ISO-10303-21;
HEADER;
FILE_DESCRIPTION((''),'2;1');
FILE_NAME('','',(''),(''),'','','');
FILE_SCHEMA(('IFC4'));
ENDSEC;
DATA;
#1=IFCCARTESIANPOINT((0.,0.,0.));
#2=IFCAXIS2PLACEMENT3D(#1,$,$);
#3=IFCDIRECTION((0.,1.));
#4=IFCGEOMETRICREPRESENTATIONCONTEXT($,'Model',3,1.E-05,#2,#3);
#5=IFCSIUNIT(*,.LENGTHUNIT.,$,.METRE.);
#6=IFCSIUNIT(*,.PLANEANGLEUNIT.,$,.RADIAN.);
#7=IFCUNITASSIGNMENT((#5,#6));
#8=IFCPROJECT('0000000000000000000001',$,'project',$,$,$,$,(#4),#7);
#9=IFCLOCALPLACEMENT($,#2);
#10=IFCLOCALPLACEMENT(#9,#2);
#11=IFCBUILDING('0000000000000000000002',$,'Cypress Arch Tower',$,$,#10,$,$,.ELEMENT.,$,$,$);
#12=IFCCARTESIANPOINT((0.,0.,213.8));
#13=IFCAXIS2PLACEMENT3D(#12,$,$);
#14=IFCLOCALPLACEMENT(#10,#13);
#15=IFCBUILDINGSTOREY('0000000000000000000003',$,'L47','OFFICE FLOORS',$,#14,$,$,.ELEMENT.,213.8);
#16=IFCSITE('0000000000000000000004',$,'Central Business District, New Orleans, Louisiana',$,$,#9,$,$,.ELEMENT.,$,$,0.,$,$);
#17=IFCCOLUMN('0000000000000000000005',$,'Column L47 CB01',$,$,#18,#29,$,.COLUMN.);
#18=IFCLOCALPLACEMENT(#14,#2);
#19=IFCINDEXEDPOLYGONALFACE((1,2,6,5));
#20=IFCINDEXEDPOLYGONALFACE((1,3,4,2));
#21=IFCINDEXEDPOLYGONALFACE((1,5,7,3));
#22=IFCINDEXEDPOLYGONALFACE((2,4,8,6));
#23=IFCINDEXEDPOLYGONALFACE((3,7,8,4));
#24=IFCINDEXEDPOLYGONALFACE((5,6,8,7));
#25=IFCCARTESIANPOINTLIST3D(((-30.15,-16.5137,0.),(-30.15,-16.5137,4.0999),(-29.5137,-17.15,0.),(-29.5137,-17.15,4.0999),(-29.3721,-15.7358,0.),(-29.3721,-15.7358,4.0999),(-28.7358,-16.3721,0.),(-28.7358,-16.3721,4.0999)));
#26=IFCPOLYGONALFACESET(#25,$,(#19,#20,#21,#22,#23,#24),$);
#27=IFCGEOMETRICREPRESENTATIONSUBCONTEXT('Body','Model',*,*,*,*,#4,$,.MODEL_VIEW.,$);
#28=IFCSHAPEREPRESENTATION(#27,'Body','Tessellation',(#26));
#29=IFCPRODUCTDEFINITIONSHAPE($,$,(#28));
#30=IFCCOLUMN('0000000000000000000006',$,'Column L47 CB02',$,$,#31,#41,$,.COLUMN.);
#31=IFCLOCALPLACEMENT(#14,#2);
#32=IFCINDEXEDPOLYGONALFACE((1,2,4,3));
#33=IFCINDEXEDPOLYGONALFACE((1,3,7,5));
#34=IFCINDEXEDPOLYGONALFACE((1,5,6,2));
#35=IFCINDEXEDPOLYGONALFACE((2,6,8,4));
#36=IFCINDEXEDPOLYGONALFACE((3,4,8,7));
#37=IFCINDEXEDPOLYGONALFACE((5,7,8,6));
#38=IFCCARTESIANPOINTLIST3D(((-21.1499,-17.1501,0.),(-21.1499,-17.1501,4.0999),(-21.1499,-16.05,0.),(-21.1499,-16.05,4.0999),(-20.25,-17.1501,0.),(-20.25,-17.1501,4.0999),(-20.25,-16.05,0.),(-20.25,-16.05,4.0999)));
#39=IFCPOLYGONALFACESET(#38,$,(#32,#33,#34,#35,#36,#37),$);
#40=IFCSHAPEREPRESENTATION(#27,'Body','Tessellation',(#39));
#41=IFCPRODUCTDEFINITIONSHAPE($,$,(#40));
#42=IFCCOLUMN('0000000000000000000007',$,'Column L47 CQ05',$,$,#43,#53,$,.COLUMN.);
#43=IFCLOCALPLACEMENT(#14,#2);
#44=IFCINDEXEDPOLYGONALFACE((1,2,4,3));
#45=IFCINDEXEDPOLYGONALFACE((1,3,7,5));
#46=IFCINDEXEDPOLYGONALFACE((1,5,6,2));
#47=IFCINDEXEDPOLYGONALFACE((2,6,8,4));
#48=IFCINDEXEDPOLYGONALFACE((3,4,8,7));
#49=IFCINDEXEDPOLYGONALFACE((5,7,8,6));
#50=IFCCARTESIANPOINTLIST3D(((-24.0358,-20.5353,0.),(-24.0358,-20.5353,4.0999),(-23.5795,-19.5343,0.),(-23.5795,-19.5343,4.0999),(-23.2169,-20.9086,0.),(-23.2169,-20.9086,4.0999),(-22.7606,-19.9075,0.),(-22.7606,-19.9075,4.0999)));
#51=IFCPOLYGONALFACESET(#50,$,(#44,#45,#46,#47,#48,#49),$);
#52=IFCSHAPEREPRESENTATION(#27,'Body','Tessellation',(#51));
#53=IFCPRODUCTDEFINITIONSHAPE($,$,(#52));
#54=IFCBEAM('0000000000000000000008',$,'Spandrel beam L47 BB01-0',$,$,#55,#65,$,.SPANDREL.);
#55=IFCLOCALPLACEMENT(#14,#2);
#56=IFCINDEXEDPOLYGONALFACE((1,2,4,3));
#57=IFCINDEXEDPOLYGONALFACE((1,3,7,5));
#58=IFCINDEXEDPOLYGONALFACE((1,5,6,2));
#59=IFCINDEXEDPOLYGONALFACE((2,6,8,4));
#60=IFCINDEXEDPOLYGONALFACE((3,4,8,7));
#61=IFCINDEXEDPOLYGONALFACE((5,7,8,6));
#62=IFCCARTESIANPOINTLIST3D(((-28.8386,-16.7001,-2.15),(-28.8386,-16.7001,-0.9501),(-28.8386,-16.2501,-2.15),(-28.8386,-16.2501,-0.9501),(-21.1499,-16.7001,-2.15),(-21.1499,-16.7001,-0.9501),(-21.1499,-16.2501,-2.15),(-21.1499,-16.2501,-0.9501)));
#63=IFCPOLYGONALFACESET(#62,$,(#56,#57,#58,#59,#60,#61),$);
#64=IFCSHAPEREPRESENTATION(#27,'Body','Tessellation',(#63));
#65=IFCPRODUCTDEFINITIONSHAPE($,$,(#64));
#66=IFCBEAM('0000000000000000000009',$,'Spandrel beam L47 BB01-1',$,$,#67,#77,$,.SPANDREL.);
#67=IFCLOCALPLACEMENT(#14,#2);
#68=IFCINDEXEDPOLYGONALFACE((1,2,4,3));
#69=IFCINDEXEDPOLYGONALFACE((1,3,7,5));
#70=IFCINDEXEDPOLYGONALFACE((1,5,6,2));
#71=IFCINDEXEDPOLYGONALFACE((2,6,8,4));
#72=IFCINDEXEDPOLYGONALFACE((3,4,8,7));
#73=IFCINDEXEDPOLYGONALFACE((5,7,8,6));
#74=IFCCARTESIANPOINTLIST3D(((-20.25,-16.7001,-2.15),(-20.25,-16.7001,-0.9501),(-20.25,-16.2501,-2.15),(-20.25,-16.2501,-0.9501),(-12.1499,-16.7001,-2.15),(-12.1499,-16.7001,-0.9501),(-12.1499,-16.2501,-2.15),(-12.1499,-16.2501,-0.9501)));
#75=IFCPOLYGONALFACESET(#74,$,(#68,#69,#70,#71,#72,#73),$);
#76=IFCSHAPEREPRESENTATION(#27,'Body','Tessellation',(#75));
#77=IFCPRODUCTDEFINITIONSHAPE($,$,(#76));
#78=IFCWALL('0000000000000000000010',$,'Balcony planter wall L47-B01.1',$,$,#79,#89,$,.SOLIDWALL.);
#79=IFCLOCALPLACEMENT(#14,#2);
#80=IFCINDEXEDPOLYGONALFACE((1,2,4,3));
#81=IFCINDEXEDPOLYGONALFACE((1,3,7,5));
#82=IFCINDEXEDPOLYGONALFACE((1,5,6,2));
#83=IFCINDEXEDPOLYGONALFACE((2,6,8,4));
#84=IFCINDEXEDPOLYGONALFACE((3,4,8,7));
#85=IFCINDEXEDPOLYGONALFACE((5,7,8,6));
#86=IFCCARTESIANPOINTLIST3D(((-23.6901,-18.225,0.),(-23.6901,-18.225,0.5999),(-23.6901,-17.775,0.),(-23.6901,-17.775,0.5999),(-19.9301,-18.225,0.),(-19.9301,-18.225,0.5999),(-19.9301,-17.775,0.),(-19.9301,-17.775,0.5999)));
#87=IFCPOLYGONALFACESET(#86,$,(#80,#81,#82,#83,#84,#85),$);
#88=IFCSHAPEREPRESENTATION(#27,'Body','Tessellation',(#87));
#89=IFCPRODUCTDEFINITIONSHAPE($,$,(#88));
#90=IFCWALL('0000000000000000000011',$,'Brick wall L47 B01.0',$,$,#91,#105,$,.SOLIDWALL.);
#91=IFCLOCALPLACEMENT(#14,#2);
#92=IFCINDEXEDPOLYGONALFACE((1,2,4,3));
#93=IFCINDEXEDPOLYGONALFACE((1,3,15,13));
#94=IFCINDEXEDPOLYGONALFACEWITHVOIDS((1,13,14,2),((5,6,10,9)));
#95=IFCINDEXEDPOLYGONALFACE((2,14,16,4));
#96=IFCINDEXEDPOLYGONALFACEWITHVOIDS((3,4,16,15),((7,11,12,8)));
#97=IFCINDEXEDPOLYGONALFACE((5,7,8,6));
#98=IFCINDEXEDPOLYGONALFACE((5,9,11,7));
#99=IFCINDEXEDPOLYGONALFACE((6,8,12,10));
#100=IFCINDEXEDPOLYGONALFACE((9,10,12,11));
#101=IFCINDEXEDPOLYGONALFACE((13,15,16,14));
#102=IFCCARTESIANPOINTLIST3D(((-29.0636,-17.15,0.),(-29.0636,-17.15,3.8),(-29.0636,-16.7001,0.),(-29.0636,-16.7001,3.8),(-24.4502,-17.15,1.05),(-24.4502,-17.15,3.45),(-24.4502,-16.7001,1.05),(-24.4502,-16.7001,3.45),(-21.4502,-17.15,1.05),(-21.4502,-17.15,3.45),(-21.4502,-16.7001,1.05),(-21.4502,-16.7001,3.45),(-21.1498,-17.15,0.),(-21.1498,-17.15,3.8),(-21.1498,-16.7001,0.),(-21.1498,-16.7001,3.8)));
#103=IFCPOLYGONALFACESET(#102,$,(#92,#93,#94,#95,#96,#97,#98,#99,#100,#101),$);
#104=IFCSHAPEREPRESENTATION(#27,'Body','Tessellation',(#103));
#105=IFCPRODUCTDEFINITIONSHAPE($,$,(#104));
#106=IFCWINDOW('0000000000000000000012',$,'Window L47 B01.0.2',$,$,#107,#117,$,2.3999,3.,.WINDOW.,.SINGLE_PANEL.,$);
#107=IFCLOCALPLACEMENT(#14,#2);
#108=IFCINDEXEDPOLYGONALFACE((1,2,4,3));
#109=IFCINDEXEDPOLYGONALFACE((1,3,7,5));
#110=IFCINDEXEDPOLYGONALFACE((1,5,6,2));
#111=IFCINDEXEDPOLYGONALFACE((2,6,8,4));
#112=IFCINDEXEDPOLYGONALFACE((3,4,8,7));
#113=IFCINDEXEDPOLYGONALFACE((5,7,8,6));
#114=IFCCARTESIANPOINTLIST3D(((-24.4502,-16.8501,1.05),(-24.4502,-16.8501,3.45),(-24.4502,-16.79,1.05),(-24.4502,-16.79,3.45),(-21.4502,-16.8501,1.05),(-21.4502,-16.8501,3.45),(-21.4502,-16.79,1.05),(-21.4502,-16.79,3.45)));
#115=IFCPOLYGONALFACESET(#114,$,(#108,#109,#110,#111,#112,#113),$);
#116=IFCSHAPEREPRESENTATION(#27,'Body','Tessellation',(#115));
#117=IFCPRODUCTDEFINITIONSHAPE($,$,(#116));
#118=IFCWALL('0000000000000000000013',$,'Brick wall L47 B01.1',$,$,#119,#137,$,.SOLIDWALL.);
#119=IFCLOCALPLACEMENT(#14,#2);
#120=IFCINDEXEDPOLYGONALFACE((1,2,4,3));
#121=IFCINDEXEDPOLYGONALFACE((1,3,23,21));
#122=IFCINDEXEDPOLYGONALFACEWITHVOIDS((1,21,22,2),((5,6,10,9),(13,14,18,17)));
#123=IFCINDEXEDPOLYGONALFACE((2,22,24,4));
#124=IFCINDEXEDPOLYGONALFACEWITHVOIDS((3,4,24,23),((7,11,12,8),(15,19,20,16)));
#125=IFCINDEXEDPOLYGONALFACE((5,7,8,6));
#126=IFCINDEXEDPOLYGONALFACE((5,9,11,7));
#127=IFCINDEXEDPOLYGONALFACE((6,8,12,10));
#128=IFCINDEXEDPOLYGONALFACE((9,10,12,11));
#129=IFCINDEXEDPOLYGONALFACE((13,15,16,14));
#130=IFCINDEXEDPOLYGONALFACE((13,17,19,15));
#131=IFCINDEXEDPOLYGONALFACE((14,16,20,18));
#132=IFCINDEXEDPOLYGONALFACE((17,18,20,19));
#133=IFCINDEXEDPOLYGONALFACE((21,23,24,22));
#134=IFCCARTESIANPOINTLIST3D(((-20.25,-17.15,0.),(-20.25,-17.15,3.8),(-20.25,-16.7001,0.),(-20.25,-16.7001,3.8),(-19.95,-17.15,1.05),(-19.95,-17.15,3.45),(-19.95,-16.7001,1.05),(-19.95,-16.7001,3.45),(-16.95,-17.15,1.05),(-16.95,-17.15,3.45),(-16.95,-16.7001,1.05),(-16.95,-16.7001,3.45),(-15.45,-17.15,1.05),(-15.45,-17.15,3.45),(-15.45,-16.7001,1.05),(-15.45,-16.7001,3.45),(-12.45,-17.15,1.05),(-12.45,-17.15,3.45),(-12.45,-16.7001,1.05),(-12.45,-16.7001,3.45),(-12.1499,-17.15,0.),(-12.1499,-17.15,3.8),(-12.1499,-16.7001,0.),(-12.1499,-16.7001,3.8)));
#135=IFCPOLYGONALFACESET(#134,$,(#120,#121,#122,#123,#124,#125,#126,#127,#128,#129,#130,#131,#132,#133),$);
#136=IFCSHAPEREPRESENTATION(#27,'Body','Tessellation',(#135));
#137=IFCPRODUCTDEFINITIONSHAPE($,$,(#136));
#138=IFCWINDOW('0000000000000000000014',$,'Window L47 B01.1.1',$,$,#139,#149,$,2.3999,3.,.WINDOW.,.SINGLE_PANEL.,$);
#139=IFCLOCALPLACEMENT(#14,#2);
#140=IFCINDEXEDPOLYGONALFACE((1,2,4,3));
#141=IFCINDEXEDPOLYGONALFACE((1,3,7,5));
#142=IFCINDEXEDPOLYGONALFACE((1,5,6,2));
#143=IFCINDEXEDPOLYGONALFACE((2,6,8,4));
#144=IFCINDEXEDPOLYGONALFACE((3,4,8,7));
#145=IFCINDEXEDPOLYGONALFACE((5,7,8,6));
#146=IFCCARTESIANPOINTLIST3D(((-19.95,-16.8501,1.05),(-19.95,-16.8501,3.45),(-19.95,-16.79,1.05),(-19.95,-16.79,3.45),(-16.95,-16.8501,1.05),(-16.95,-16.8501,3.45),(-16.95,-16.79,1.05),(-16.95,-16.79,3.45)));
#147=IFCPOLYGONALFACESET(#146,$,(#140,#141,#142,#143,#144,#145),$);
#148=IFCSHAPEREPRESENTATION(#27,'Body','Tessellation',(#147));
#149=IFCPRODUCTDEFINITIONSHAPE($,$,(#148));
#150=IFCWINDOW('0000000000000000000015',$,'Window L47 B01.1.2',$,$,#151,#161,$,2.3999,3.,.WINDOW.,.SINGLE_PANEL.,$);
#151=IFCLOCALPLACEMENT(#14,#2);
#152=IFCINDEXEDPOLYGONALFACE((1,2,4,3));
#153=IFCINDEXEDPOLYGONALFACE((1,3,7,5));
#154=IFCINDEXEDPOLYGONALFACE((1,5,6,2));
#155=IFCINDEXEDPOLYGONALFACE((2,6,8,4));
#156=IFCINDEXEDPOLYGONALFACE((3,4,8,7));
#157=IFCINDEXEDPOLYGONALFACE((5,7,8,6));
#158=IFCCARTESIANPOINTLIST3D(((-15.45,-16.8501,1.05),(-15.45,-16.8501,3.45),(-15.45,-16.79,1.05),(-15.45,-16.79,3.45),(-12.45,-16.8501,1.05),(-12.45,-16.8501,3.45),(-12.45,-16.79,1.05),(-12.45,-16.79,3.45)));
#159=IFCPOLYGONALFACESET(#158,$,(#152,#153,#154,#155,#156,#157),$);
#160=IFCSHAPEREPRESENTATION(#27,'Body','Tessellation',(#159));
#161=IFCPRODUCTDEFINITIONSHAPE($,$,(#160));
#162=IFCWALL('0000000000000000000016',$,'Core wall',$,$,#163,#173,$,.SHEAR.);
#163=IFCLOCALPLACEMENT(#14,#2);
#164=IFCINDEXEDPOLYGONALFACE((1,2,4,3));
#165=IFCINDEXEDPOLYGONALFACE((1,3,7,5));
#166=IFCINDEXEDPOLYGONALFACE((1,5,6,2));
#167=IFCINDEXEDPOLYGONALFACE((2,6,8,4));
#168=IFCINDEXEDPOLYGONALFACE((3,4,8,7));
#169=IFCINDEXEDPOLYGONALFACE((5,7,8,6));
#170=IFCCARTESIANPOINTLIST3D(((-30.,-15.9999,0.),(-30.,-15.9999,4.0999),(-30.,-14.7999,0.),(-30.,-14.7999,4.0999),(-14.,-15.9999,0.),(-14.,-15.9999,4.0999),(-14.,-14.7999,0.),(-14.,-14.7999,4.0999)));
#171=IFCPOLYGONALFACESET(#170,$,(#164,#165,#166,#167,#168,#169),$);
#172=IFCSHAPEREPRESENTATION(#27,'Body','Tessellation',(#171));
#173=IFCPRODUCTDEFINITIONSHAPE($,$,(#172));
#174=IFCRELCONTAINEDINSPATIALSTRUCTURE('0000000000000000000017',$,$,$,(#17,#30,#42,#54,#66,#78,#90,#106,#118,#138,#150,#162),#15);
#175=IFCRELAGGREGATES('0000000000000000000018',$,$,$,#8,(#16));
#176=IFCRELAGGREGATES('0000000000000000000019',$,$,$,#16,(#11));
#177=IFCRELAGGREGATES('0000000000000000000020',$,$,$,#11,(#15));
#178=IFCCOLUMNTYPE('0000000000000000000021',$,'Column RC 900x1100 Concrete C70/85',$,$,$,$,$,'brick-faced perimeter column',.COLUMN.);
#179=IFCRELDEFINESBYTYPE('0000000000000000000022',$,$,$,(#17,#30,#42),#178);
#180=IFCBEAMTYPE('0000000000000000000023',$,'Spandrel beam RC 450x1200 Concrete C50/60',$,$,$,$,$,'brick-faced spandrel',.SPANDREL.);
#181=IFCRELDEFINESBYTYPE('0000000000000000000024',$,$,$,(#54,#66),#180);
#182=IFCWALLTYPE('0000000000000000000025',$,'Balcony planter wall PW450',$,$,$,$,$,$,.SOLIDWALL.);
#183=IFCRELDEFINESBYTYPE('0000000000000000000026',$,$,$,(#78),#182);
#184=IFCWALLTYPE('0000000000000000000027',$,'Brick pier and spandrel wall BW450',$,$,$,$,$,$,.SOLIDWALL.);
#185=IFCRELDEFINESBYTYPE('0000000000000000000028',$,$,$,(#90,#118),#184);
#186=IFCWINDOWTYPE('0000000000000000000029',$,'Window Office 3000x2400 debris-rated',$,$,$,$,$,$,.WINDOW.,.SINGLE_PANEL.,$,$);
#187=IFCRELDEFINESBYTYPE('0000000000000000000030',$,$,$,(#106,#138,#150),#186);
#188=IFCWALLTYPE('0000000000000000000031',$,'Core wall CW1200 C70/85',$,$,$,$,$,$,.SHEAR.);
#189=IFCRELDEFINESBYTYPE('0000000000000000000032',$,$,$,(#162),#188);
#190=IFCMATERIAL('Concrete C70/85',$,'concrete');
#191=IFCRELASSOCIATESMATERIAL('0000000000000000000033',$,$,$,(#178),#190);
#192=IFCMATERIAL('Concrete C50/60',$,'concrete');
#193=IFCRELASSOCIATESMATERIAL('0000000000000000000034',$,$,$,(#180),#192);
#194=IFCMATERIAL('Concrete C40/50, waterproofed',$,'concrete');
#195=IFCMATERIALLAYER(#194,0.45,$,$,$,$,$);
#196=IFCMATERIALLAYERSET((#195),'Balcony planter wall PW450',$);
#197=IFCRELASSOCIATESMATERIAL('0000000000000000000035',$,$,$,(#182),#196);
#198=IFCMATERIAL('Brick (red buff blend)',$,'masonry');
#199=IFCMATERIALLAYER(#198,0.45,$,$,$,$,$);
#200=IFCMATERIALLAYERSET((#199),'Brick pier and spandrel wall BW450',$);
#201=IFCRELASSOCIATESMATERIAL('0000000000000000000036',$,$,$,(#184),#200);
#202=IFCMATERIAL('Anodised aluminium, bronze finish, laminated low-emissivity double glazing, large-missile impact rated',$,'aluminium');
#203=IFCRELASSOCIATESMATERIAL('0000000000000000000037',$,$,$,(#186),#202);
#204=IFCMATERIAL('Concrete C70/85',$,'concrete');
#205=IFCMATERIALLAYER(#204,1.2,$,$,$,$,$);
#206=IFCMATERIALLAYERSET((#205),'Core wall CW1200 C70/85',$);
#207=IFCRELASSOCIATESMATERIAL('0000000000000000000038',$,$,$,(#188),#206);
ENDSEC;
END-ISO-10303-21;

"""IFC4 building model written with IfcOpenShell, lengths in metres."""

from ifc_helpers import new_model, si_unit, direction, frame, frame_2d, origin, origin_2d, place, context, subcontext, project, spatial, rectangle, extrude, material, layer, layer_set, material_profile, profile_set, type_object, element, fill, save


model = new_model("IFC4")

# Units and contexts
model_context = context("Model", 3, precision=1e-05, world=origin(), true_north=direction((0.0, 1.0)))
body_context = subcontext(model_context, "Body", "Model", "MODEL_VIEW")
ifc_project = project(units=[si_unit("LENGTHUNIT", "METRE"), si_unit("PLANEANGLEUNIT", "RADIAN")], contexts=[model_context])

# Site, building, storey
site_placement = place(None, origin())
site = spatial("IfcSite", under=ifc_project, at=site_placement, Name="Central Business District, New Orleans, Louisiana", CompositionType="ELEMENT", RefElevation=0.0)
building_placement = place(site_placement, origin())
building = spatial("IfcBuilding", under=site, at=building_placement, Name="Cypress Arch Tower", CompositionType="ELEMENT")
storey_placement = place(building_placement, frame((0.0, 0.0, 213.8)))
storey = spatial("IfcBuildingStorey", under=building, at=storey_placement, Name="L47", Description="OFFICE FLOORS", CompositionType="ELEMENT", Elevation=213.8)

# Columns
ifc_material_1 = material(Name="Concrete C70/85", Category="concrete")
ifc_material_profile_1 = material_profile(ifc_material_1, rectangle(XDim=0.8999, YDim=1.1001, at=origin_2d()), Name="RC 900x1100")
ifc_profile_set_1 = profile_set([ifc_material_profile_1], Name="Concrete C70/85")
column_type = type_object("IfcColumnType", Name="Column RC 900x1100 Concrete C70/85", ElementType="brick-faced perimeter column", PredefinedType="COLUMN", material=ifc_profile_set_1)
for number, where, z_axis, x_axis, name in (
    (1, (-29.4429, -16.4429, 0.0), (0.0, 0.0, 1.0), (0.707107, -0.707107, 0.0), "Column L47 CB01"),
    (2, (-20.7, -16.6001, 0.0), (0.0, 0.0, 1.0), (1.0, 0.0, 0.0), "Column L47 CB02"),
    (3, (-23.3982, -20.2214, 0.0), (0.0, 0.0, 1.0), (0.909932, -0.414757, 0.0), "Column L47 CQ05"),
):
    element("IfcColumn", number, at=place(storey_placement, frame(where, z_axis=z_axis, x_axis=x_axis)), inside=storey, type_object=column_type, Name=name, PredefinedType="COLUMN", context=body_context, shape_type="SweptSolid", body=[
        extrude(rectangle(XDim=0.8999, YDim=1.1001, at=origin_2d()), origin(), (0.0, 0.0, 1.0), 4.0999),
    ])

# Beams
ifc_material_2 = material(Name="Concrete C50/60", Category="concrete")
ifc_material_profile_2 = material_profile(ifc_material_2, rectangle(XDim=0.45, YDim=1.2, at=origin_2d()), Name="RC 450x1200")
ifc_profile_set_2 = profile_set([ifc_material_profile_2], Name="Concrete C50/60")
beam_type = type_object("IfcBeamType", Name="Spandrel beam RC 450x1200 Concrete C50/60", ElementType="brick-faced spandrel", PredefinedType="SPANDREL", material=ifc_profile_set_2)
beam_1_placement = place(storey_placement, frame((-28.8386, -16.4751, -1.55), z_axis=(1.0, 0.0, 0.0), x_axis=(0.0, 1.0, 0.0)))
element("IfcBeam", 4, at=beam_1_placement, inside=storey, type_object=beam_type, Name="Spandrel beam L47 BB01-0", PredefinedType="SPANDREL", context=body_context, shape_type="SweptSolid", body=[
    extrude(rectangle(XDim=0.45, YDim=1.2, at=origin_2d()), origin(), (0.0, 0.0, 1.0), 7.6887),
])
beam_2_placement = place(storey_placement, frame((-20.25, -16.4751, -1.55), z_axis=(1.0, 0.0, 0.0), x_axis=(0.0, 1.0, 0.0)))
element("IfcBeam", 5, at=beam_2_placement, inside=storey, type_object=beam_type, Name="Spandrel beam L47 BB01-1", PredefinedType="SPANDREL", context=body_context, shape_type="SweptSolid", body=[
    extrude(rectangle(XDim=0.45, YDim=1.2, at=origin_2d()), origin(), (0.0, 0.0, 1.0), 8.1001),
])

# Wall
ifc_material_3 = material(Name="Concrete C40/50, waterproofed", Category="concrete")
ifc_layer_1 = layer(ifc_material_3, 0.45)
ifc_layer_set_1 = layer_set([ifc_layer_1], Name="Balcony planter wall PW450")
wall_type_1 = type_object("IfcWallType", Name="Balcony planter wall PW450", PredefinedType="SOLIDWALL", material=ifc_layer_set_1)
wall_1_placement = place(storey_placement, frame((-23.6899, -18.0, 0.0), z_axis=(0.0, 0.0, 1.0), x_axis=(1.0, 0.0, 0.0)))
element("IfcWall", 6, at=wall_1_placement, inside=storey, type_object=wall_type_1, Name="Balcony planter wall L47-B01.1", PredefinedType="SOLIDWALL", context=body_context, shape_type="SweptSolid", body=[
    extrude(rectangle(XDim=3.76, YDim=0.45, at=frame_2d((1.8799, 0.0))), origin(), (0.0, 0.0, 1.0), 0.5999),
])

# Wall, opening, window
ifc_material_4 = material(Name="Brick (red buff blend)", Category="masonry")
ifc_layer_2 = layer(ifc_material_4, 0.45)
ifc_layer_set_2 = layer_set([ifc_layer_2], Name="Brick pier and spandrel wall BW450")
wall_type_2 = type_object("IfcWallType", Name="Brick pier and spandrel wall BW450", PredefinedType="SOLIDWALL", material=ifc_layer_set_2)
wall_2_placement = place(storey_placement, frame((-29.0637, -16.925, 0.0), z_axis=(0.0, 0.0, 1.0), x_axis=(1.0, 0.0, 0.0)))
wall_2 = element("IfcWall", 7, at=wall_2_placement, inside=storey, type_object=wall_type_2, Name="Brick wall L47 B01.0", PredefinedType="SOLIDWALL", context=body_context, shape_type="SweptSolid", body=[
    extrude(rectangle(XDim=7.9138, YDim=0.45, at=frame_2d((3.957, 0.0))), origin(), (0.0, 0.0, 1.0), 3.8),
])
opening_1_placement = place(wall_2_placement, frame((4.6135, 0.0, 1.05)))
opening_1 = element("IfcOpeningElement", 8, at=opening_1_placement, cuts=wall_2, PredefinedType="OPENING", context=body_context, shape_type="SweptSolid", body=[
    extrude(rectangle(XDim=3.0, YDim=2.3999, at=frame_2d((1.5, 1.2))), frame((0.0, 0.2349, 0.0), z_axis=(0.0, -1.0, 0.0), x_axis=(1.0, 0.0, 0.0)), (0.0, 0.0, 1.0), 0.47),
])
ifc_material_5 = material(Name="Anodised aluminium, bronze finish, laminated low-emissivity double glazing, large-missile impact rated", Category="aluminium")
window_type = type_object("IfcWindowType", Name="Window Office 3000x2400 debris-rated", PartitioningType="SINGLE_PANEL", PredefinedType="WINDOW", material=ifc_material_5)
window_1_placement = place(opening_1_placement, origin())
window_1 = element("IfcWindow", 9, at=window_1_placement, inside=storey, type_object=window_type, Name="Window L47 B01.0.2", OverallHeight=2.3999, OverallWidth=3.0, PartitioningType="SINGLE_PANEL", PredefinedType="WINDOW", context=body_context, shape_type="SweptSolid", body=[
    extrude(rectangle(XDim=3.0, YDim=2.3999, at=frame_2d((1.5, 1.2))), frame((0.0, 0.135, 0.0), z_axis=(0.0, -1.0, 0.0), x_axis=(1.0, 0.0, 0.0)), (0.0, 0.0, 1.0), 0.0601),
])
fill(opening_1, window_1)

# Wall, openings, windows
wall_3_placement = place(storey_placement, frame((-20.25, -16.925, 0.0), z_axis=(0.0, 0.0, 1.0), x_axis=(1.0, 0.0, 0.0)))
wall_3 = element("IfcWall", 10, at=wall_3_placement, inside=storey, type_object=wall_type_2, Name="Brick wall L47 B01.1", PredefinedType="SOLIDWALL", context=body_context, shape_type="SweptSolid", body=[
    extrude(rectangle(XDim=8.1001, YDim=0.45, at=frame_2d((4.05, 0.0))), origin(), (0.0, 0.0, 1.0), 3.8),
])
opening_2_placement = place(wall_3_placement, frame((0.3, 0.0, 1.05)))
opening_2 = element("IfcOpeningElement", 11, at=opening_2_placement, cuts=wall_3, PredefinedType="OPENING", context=body_context, shape_type="SweptSolid", body=[
    extrude(rectangle(XDim=3.0, YDim=2.3999, at=frame_2d((1.5, 1.2))), frame((0.0, 0.2349, 0.0), z_axis=(0.0, -1.0, 0.0), x_axis=(1.0, 0.0, 0.0)), (0.0, 0.0, 1.0), 0.47),
])
opening_3_placement = place(wall_3_placement, frame((4.8, 0.0, 1.05)))
opening_3 = element("IfcOpeningElement", 12, at=opening_3_placement, cuts=wall_3, PredefinedType="OPENING", context=body_context, shape_type="SweptSolid", body=[
    extrude(rectangle(XDim=3.0, YDim=2.3999, at=frame_2d((1.5, 1.2))), frame((0.0, 0.2349, 0.0), z_axis=(0.0, -1.0, 0.0), x_axis=(1.0, 0.0, 0.0)), (0.0, 0.0, 1.0), 0.47),
])
window_2_placement = place(opening_2_placement, origin())
window_2 = element("IfcWindow", 13, at=window_2_placement, inside=storey, type_object=window_type, Name="Window L47 B01.1.1", OverallHeight=2.3999, OverallWidth=3.0, PartitioningType="SINGLE_PANEL", PredefinedType="WINDOW", context=body_context, shape_type="SweptSolid", body=[
    extrude(rectangle(XDim=3.0, YDim=2.3999, at=frame_2d((1.5, 1.2))), frame((0.0, 0.135, 0.0), z_axis=(0.0, -1.0, 0.0), x_axis=(1.0, 0.0, 0.0)), (0.0, 0.0, 1.0), 0.0601),
])
fill(opening_2, window_2)
window_3_placement = place(opening_3_placement, origin())
window_3 = element("IfcWindow", 14, at=window_3_placement, inside=storey, type_object=window_type, Name="Window L47 B01.1.2", OverallHeight=2.3999, OverallWidth=3.0, PartitioningType="SINGLE_PANEL", PredefinedType="WINDOW", context=body_context, shape_type="SweptSolid", body=[
    extrude(rectangle(XDim=3.0, YDim=2.3999, at=frame_2d((1.5, 1.2))), frame((0.0, 0.135, 0.0), z_axis=(0.0, -1.0, 0.0), x_axis=(1.0, 0.0, 0.0)), (0.0, 0.0, 1.0), 0.0601),
])
fill(opening_3, window_3)

# Wall
ifc_material_6 = material(Name="Concrete C70/85", Category="concrete")
ifc_layer_3 = layer(ifc_material_6, 1.2)
ifc_layer_set_3 = layer_set([ifc_layer_3], Name="Core wall CW1200 C70/85")
wall_type_3 = type_object("IfcWallType", Name="Core wall CW1200 C70/85", PredefinedType="SHEAR", material=ifc_layer_set_3)
wall_4_placement = place(storey_placement, frame((-30.0, -15.3999, 0.0), z_axis=(0.0, 0.0, 1.0), x_axis=(1.0, 0.0, 0.0)))
element("IfcWall", 15, at=wall_4_placement, inside=storey, type_object=wall_type_3, Name="Core wall", PredefinedType="SHEAR", context=body_context, shape_type="SweptSolid", body=[
    extrude(rectangle(XDim=16.0, YDim=1.2, at=frame_2d((8.0, 0.0))), origin(), (0.0, 0.0, 1.0), 4.0999),
])

save(model, "model.ifc")
